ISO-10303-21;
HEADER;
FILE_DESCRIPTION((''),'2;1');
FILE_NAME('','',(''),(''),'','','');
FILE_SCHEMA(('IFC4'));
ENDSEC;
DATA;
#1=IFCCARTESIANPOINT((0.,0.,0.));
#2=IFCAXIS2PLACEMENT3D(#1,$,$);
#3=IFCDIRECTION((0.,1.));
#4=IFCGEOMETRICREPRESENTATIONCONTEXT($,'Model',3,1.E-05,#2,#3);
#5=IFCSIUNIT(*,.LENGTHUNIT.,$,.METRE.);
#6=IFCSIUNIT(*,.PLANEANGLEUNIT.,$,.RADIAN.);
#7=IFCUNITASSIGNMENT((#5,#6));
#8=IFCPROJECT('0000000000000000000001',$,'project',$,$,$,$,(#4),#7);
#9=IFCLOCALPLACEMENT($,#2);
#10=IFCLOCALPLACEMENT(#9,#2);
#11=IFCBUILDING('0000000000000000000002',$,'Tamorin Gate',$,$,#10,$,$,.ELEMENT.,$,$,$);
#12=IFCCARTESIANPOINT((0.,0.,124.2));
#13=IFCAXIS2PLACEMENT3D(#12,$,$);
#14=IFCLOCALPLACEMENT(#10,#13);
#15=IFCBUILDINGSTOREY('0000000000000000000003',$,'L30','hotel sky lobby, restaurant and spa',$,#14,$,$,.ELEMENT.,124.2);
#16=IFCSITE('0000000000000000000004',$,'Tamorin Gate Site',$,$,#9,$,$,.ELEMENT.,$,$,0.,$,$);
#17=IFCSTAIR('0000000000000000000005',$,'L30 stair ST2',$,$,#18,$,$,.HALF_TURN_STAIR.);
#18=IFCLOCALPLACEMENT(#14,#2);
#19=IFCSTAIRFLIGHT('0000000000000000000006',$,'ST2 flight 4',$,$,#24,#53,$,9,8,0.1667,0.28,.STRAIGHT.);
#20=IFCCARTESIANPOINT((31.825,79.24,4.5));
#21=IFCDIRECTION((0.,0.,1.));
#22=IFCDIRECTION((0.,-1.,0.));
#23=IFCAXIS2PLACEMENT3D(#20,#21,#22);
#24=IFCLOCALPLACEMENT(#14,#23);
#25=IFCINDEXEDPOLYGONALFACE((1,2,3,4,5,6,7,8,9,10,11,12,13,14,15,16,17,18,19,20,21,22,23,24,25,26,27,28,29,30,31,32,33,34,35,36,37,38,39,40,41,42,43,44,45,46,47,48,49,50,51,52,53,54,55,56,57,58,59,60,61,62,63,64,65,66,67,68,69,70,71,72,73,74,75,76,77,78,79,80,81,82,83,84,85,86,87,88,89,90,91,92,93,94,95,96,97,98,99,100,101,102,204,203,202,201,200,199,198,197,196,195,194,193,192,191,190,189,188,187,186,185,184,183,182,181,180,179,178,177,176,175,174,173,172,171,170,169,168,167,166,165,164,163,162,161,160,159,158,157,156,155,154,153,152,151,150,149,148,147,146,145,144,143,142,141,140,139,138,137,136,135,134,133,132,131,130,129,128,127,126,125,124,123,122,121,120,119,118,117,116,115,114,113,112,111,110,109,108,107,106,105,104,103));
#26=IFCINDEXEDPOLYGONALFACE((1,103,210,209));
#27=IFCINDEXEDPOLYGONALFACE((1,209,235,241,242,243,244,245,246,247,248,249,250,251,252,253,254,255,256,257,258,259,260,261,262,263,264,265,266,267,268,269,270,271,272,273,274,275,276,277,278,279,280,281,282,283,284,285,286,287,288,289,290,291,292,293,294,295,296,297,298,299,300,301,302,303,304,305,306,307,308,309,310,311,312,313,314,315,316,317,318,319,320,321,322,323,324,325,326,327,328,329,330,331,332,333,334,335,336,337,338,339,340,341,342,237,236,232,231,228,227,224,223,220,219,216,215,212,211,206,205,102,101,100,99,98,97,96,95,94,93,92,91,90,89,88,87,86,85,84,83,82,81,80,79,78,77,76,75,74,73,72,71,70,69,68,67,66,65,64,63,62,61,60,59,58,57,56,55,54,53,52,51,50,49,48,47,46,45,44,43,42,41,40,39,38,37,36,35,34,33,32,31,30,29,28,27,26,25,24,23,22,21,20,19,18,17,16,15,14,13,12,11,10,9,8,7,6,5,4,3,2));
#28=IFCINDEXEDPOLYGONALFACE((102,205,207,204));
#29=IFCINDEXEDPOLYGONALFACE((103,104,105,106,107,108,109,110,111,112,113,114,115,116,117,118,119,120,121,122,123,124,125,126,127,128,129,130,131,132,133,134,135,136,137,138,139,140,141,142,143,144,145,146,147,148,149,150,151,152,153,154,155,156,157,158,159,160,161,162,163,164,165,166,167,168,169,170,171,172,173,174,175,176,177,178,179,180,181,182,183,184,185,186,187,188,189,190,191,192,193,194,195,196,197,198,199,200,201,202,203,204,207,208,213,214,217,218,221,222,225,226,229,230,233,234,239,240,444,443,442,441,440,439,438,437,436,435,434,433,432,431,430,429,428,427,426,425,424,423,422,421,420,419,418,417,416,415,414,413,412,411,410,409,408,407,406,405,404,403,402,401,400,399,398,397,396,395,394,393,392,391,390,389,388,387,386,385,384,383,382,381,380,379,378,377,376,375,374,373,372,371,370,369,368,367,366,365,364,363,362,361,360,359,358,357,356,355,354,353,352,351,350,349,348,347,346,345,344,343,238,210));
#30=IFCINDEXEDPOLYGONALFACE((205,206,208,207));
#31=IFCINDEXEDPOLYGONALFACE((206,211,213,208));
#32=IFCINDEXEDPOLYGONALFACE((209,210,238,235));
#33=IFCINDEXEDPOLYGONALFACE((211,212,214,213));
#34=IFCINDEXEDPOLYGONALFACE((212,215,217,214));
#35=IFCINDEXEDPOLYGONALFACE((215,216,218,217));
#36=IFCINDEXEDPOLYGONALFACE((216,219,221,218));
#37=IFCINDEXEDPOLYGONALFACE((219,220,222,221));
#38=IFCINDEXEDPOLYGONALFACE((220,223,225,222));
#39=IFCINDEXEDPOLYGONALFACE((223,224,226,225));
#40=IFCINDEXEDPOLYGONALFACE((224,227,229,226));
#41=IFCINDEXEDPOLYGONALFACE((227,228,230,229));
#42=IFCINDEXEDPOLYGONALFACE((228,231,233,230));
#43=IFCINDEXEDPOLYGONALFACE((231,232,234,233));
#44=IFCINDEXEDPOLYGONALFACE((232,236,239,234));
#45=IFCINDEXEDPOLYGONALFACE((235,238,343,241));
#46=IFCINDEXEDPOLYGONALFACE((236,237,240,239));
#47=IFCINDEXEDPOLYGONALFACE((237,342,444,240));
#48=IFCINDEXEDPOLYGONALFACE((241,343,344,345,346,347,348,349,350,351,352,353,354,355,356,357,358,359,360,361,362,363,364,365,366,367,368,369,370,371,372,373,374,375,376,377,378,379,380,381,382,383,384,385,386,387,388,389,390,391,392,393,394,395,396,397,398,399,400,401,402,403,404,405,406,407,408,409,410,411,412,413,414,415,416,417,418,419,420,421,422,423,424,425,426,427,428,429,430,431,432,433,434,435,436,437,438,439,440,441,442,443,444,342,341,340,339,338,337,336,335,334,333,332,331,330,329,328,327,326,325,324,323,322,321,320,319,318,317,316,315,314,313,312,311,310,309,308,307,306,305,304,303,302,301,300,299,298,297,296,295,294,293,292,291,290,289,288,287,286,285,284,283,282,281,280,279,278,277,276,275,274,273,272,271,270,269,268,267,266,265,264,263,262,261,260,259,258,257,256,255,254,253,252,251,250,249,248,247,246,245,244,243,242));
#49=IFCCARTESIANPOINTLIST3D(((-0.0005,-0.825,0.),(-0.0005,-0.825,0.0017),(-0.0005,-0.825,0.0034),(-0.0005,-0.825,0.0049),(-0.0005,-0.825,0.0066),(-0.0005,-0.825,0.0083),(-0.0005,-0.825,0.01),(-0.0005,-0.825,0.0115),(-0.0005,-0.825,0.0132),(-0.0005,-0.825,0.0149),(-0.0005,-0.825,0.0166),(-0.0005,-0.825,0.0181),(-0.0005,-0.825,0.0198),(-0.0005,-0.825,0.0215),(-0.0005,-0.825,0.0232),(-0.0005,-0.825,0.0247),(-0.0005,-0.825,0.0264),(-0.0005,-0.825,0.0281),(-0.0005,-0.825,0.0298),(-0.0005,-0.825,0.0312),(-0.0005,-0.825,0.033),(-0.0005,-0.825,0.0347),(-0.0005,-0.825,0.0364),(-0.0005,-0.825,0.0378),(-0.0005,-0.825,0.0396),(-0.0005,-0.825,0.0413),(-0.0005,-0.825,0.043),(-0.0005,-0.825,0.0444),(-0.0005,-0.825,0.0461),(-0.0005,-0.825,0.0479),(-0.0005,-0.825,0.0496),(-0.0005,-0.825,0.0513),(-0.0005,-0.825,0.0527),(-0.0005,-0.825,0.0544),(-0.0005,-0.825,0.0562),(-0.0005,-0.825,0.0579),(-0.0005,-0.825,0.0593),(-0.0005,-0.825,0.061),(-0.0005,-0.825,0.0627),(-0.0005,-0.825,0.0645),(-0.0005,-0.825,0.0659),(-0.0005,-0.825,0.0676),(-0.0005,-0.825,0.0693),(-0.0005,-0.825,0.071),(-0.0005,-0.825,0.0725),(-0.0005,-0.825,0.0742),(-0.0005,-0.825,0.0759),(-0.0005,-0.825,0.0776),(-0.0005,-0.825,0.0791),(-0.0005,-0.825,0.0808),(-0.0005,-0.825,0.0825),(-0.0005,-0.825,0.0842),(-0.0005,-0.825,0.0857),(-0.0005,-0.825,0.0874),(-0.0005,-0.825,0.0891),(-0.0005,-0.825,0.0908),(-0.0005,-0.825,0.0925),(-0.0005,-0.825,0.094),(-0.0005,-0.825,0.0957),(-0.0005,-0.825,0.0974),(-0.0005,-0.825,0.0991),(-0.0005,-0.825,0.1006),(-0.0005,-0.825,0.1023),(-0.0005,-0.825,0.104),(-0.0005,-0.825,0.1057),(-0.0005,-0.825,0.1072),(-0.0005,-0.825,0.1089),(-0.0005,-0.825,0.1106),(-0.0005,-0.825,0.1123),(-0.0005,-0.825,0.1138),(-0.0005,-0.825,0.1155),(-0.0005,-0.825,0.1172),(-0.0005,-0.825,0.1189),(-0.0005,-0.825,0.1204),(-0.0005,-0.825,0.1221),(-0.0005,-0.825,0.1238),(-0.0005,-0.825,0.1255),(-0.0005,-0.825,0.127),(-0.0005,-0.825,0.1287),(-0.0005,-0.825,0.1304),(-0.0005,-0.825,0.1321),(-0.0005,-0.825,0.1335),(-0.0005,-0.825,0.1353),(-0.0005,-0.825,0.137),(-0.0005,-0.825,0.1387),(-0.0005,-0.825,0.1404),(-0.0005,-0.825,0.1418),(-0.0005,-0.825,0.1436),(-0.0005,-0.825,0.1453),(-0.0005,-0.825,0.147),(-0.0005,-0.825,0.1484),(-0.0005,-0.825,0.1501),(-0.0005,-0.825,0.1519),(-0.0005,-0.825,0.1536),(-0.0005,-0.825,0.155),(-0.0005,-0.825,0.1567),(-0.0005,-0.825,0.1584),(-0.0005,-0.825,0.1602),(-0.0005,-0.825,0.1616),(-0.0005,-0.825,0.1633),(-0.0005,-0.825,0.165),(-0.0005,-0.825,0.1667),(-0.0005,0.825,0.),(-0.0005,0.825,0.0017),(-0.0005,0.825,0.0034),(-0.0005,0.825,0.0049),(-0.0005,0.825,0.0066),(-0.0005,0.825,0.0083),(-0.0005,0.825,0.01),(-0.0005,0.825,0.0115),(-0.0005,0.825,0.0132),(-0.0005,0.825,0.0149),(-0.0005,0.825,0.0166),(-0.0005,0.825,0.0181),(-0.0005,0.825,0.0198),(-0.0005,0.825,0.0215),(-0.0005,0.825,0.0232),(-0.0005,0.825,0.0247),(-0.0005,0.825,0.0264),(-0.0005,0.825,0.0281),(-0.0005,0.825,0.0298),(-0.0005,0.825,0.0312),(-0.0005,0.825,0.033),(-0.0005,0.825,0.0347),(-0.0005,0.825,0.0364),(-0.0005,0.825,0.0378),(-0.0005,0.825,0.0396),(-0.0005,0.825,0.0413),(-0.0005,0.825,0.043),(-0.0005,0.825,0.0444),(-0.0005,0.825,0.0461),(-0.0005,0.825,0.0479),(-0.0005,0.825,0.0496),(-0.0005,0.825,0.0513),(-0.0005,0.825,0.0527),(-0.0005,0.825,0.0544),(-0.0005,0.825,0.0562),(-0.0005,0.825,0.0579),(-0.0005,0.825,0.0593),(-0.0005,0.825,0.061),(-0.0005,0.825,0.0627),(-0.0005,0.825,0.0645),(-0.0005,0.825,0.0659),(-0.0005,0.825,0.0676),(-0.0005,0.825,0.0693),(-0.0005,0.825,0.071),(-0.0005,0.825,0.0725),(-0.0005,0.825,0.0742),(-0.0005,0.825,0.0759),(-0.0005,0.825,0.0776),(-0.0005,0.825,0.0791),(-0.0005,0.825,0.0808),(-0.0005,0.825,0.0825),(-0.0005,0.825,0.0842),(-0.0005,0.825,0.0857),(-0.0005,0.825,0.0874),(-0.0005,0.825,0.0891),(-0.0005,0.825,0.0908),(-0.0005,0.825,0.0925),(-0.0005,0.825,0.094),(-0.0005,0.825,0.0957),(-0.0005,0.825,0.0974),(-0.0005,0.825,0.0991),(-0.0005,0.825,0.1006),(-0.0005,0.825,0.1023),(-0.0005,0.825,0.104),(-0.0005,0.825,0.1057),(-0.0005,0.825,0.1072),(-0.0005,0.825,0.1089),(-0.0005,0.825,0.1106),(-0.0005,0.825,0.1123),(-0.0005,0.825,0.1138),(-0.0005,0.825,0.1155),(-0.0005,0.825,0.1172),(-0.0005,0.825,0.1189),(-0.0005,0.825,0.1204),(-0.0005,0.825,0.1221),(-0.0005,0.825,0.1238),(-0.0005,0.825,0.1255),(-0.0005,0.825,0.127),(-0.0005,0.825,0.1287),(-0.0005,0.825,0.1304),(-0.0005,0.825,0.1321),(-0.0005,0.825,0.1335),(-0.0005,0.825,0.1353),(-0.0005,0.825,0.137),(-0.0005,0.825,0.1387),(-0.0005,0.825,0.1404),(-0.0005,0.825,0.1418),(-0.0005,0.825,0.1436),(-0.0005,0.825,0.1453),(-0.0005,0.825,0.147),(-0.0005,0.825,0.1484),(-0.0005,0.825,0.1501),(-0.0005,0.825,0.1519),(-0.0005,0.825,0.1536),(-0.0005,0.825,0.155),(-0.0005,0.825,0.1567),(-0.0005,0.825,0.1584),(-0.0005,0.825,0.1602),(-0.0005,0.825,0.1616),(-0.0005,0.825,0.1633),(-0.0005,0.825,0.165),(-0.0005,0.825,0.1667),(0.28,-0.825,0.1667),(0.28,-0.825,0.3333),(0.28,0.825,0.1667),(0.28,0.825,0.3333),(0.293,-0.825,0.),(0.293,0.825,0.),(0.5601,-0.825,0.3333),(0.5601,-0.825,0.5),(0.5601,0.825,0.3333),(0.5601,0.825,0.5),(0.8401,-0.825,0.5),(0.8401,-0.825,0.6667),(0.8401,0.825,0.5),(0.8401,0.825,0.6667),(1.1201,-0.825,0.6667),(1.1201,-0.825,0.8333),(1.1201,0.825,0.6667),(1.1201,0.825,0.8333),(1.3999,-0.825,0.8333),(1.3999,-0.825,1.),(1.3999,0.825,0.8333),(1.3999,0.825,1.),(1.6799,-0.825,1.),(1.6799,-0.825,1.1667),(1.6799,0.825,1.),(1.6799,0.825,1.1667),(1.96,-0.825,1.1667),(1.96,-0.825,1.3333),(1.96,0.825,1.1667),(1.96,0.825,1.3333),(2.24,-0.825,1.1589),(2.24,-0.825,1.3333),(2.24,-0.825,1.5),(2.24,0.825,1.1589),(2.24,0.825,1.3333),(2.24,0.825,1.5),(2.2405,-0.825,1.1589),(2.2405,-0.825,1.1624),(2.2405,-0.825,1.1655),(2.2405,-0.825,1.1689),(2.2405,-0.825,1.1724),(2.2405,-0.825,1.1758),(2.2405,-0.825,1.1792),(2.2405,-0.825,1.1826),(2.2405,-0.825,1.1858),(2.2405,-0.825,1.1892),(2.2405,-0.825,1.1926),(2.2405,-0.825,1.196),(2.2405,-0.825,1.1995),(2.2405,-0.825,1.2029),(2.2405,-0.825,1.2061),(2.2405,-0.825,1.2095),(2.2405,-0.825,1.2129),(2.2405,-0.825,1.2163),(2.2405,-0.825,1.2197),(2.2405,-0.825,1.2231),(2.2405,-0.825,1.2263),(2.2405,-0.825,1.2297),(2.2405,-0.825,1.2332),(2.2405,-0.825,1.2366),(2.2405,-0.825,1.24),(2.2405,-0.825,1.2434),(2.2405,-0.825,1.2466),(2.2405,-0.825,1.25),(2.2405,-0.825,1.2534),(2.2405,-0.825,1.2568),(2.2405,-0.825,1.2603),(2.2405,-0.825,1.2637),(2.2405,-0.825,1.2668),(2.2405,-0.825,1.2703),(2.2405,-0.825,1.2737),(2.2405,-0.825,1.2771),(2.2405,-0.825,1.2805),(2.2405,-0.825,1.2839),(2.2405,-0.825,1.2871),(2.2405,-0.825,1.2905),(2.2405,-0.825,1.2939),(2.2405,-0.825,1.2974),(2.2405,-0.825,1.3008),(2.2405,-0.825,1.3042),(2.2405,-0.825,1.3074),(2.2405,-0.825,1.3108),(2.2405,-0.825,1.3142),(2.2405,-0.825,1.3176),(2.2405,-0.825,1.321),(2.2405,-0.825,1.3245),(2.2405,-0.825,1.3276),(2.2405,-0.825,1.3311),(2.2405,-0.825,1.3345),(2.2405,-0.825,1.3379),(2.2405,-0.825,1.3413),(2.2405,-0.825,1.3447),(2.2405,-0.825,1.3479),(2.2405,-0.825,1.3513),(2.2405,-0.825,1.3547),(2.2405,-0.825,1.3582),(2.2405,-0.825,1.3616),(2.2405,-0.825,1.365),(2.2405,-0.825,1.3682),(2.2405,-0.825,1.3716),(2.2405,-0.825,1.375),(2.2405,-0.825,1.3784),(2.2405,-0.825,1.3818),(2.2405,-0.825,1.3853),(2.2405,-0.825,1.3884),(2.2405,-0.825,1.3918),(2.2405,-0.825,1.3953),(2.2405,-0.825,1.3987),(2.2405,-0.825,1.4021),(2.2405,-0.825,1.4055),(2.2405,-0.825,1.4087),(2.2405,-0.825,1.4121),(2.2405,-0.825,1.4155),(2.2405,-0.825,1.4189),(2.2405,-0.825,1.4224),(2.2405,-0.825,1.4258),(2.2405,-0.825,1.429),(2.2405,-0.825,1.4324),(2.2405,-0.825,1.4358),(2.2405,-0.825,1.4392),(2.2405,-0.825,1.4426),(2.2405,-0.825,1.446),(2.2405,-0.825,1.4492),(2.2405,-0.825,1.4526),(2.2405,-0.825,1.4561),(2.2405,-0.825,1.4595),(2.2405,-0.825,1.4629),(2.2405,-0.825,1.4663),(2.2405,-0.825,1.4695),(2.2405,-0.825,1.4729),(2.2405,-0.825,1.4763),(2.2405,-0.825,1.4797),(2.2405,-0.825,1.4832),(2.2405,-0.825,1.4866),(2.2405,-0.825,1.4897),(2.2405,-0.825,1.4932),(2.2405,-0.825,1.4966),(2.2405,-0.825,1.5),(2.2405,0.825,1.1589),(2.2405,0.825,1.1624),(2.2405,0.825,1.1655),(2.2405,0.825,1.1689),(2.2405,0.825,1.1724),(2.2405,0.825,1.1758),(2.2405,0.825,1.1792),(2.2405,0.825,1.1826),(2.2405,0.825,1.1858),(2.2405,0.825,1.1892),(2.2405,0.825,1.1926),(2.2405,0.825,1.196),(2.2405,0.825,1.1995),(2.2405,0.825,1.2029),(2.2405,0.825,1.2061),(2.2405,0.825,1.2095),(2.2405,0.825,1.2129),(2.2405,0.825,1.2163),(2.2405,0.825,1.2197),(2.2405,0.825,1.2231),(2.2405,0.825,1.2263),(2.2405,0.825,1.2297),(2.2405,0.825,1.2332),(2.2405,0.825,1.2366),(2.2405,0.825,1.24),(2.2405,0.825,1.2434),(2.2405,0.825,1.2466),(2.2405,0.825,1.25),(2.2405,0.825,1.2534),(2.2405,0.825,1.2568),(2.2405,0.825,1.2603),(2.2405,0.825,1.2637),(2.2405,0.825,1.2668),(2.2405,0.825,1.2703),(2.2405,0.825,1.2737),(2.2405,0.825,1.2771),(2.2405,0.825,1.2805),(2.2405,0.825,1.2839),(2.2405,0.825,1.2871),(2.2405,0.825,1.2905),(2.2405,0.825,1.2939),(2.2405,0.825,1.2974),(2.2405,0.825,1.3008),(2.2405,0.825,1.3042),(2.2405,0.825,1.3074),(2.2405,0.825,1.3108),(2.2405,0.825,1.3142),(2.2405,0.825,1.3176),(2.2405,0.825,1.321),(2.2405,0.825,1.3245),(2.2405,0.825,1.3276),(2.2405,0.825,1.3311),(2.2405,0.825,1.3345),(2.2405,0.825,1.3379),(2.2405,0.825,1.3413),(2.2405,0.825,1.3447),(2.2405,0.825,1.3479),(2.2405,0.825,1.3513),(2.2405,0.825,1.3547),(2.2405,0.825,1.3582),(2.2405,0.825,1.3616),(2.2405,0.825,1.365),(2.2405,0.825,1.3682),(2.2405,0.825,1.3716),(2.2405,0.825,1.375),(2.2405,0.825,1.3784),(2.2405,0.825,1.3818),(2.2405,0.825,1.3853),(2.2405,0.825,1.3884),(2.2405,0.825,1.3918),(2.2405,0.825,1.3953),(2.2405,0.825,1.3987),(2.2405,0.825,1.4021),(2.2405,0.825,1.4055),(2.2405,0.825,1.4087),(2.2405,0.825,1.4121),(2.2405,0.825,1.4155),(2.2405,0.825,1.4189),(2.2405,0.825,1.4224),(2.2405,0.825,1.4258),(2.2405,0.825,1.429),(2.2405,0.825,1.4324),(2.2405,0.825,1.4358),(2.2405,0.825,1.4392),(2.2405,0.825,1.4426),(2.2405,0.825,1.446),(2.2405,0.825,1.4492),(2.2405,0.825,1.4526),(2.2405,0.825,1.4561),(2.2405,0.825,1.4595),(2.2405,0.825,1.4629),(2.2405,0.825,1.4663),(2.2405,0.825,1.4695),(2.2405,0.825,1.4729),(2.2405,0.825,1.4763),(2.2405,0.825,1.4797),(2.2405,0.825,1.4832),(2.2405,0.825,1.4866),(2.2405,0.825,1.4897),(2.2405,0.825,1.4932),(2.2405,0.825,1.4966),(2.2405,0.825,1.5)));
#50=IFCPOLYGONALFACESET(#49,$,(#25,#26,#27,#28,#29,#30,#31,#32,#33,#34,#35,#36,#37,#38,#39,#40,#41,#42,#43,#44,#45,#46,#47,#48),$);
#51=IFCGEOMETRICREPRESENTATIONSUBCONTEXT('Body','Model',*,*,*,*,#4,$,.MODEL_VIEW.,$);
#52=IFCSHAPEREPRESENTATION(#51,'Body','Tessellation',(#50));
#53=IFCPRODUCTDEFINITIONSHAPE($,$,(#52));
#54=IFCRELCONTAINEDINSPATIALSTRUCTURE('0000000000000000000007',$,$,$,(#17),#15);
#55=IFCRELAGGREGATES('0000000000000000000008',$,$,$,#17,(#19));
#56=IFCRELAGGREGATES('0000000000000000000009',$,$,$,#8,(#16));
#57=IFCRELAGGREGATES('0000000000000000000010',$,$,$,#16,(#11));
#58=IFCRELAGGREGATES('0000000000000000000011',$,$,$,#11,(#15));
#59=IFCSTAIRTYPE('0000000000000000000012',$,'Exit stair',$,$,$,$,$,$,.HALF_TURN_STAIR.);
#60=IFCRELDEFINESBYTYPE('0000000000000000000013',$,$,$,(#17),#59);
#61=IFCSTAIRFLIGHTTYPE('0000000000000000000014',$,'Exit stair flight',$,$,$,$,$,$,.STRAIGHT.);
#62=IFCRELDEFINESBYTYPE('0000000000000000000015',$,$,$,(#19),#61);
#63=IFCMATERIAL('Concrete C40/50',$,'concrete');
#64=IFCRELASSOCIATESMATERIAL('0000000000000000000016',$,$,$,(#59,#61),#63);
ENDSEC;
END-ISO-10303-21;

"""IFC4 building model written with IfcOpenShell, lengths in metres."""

from ifc_helpers import new_model, si_unit, direction, frame, origin, place, context, subcontext, project, spatial, polyline, outline, extrude, material, type_object, element, aggregate, save


model = new_model("IFC4")

# Units and contexts
model_context = context("Model", 3, precision=1e-05, world=origin(), true_north=direction((0.0, 1.0)))
body_context = subcontext(model_context, "Body", "Model", "MODEL_VIEW")
ifc_project = project(units=[si_unit("LENGTHUNIT", "METRE"), si_unit("PLANEANGLEUNIT", "RADIAN")], contexts=[model_context])

# Site, building, storey
site_placement = place(None, origin())
site = spatial("IfcSite", under=ifc_project, at=site_placement, Name="Tamorin Gate Site", CompositionType="ELEMENT", RefElevation=0.0)
building_placement = place(site_placement, origin())
building = spatial("IfcBuilding", under=site, at=building_placement, Name="Tamorin Gate", CompositionType="ELEMENT")
storey_placement = place(building_placement, frame((0.0, 0.0, 124.2)))
storey = spatial("IfcBuildingStorey", under=building, at=storey_placement, Name="L30", Description="hotel sky lobby, restaurant and spa", CompositionType="ELEMENT", Elevation=124.2)

# Stair, stair flight
ifc_material_1 = material(Name="Concrete C40/50", Category="concrete")
stair_type = type_object("IfcStairType", Name="Exit stair", PredefinedType="HALF_TURN_STAIR", material=ifc_material_1)
stair_placement = place(storey_placement, origin())
stair = element("IfcStair", 1, at=stair_placement, inside=storey, type_object=stair_type, Name="L30 stair ST2", PredefinedType="HALF_TURN_STAIR")
stair_flight_type = type_object("IfcStairFlightType", Name="Exit stair flight", PredefinedType="STRAIGHT", material=ifc_material_1)
stair_flight_1_placement = place(storey_placement, frame((31.825, 79.24, 4.5), z_axis=(0.0, 0.0, 1.0), x_axis=(0.0, -1.0, 0.0)))
stair_flight_1 = element("IfcStairFlight", 2, at=stair_flight_1_placement, type_object=stair_flight_type, Name="ST2 flight 4", NumberOfRisers=9, NumberOfTreads=8, PredefinedType="STRAIGHT", RiserHeight=0.1667, TreadLength=0.28, context=body_context, shape_type="SweptSolid", body=[
    extrude(outline(polyline([(-0.0005, 0.0), (-0.0005, 0.0017), (-0.0005, 0.0034), (-0.0005, 0.0049), (-0.0005, 0.0066), (-0.0005, 0.0083), (-0.0005, 0.01), (-0.0005, 0.0115), (-0.0005, 0.0132), (-0.0005, 0.0149), (-0.0005, 0.0166), (-0.0005, 0.0181), (-0.0005, 0.0198), (-0.0005, 0.0215), (-0.0005, 0.0232), (-0.0005, 0.0247), (-0.0005, 0.0264), (-0.0005, 0.0281), (-0.0005, 0.0298), (-0.0005, 0.0312), (-0.0005, 0.033), (-0.0005, 0.0347), (-0.0005, 0.0364), (-0.0005, 0.0378), (-0.0005, 0.0396), (-0.0005, 0.0413), (-0.0005, 0.043), (-0.0005, 0.0444), (-0.0005, 0.0461), (-0.0005, 0.0479), (-0.0005, 0.0496), (-0.0005, 0.0513), (-0.0005, 0.0527), (-0.0005, 0.0544), (-0.0005, 0.0562), (-0.0005, 0.0579), (-0.0005, 0.0593), (-0.0005, 0.061), (-0.0005, 0.0627), (-0.0005, 0.0645), (-0.0005, 0.0659), (-0.0005, 0.0676), (-0.0005, 0.0693), (-0.0005, 0.071), (-0.0005, 0.0725), (-0.0005, 0.0742), (-0.0005, 0.0759), (-0.0005, 0.0776), (-0.0005, 0.0791), (-0.0005, 0.0808), (-0.0005, 0.0825), (-0.0005, 0.0842), (-0.0005, 0.0857), (-0.0005, 0.0874), (-0.0005, 0.0891), (-0.0005, 0.0908), (-0.0005, 0.0925), (-0.0005, 0.094), (-0.0005, 0.0957), (-0.0005, 0.0974), (-0.0005, 0.0991), (-0.0005, 0.1006), (-0.0005, 0.1023), (-0.0005, 0.104), (-0.0005, 0.1057), (-0.0005, 0.1072), (-0.0005, 0.1089), (-0.0005, 0.1106), (-0.0005, 0.1123), (-0.0005, 0.1138), (-0.0005, 0.1155), (-0.0005, 0.1172), (-0.0005, 0.1189), (-0.0005, 0.1204), (-0.0005, 0.1221), (-0.0005, 0.1238), (-0.0005, 0.1255), (-0.0005, 0.127), (-0.0005, 0.1287), (-0.0005, 0.1304), (-0.0005, 0.1321), (-0.0005, 0.1335), (-0.0005, 0.1353), (-0.0005, 0.137), (-0.0005, 0.1387), (-0.0005, 0.1404), (-0.0005, 0.1418), (-0.0005, 0.1436), (-0.0005, 0.1453), (-0.0005, 0.147), (-0.0005, 0.1484), (-0.0005, 0.1501), (-0.0005, 0.1519), (-0.0005, 0.1536), (-0.0005, 0.155), (-0.0005, 0.1567), (-0.0005, 0.1584), (-0.0005, 0.1602), (-0.0005, 0.1616), (-0.0005, 0.1633), (-0.0005, 0.165), (-0.0005, 0.1667), (0.28, 0.1667), (0.28, 0.3333), (0.5601, 0.3333), (0.5601, 0.5), (0.8401, 0.5), (0.8401, 0.6667), (1.1201, 0.6667), (1.1201, 0.8333), (1.3999, 0.8333), (1.3999, 1.0), (1.6799, 1.0), (1.6799, 1.1667), (1.96, 1.1667), (1.96, 1.3333), (2.24, 1.3333), (2.24, 1.5), (2.2405, 1.5), (2.2405, 1.4966), (2.2405, 1.4932), (2.2405, 1.4897), (2.2405, 1.4866), (2.2405, 1.4832), (2.2405, 1.4797), (2.2405, 1.4763), (2.2405, 1.4729), (2.2405, 1.4695), (2.2405, 1.4663), (2.2405, 1.4629), (2.2405, 1.4595), (2.2405, 1.4561), (2.2405, 1.4526), (2.2405, 1.4492), (2.2405, 1.446), (2.2405, 1.4426), (2.2405, 1.4392), (2.2405, 1.4358), (2.2405, 1.4324), (2.2405, 1.429), (2.2405, 1.4258), (2.2405, 1.4224), (2.2405, 1.4189), (2.2405, 1.4155), (2.2405, 1.4121), (2.2405, 1.4087), (2.2405, 1.4055), (2.2405, 1.4021), (2.2405, 1.3987), (2.2405, 1.3953), (2.2405, 1.3918), (2.2405, 1.3884), (2.2405, 1.3853), (2.2405, 1.3818), (2.2405, 1.3784), (2.2405, 1.375), (2.2405, 1.3716), (2.2405, 1.3682), (2.2405, 1.365), (2.2405, 1.3616), (2.2405, 1.3582), (2.2405, 1.3547), (2.2405, 1.3513), (2.2405, 1.3479), (2.2405, 1.3447), (2.2405, 1.3413), (2.2405, 1.3379), (2.2405, 1.3345), (2.2405, 1.3311), (2.2405, 1.3276), (2.2405, 1.3245), (2.2405, 1.321), (2.2405, 1.3176), (2.2405, 1.3142), (2.2405, 1.3108), (2.2405, 1.3074), (2.2405, 1.3042), (2.2405, 1.3008), (2.2405, 1.2974), (2.2405, 1.2939), (2.2405, 1.2905), (2.2405, 1.2871), (2.2405, 1.2839), (2.2405, 1.2805), (2.2405, 1.2771), (2.2405, 1.2737), (2.2405, 1.2703), (2.2405, 1.2668), (2.2405, 1.2637), (2.2405, 1.2603), (2.2405, 1.2568), (2.2405, 1.2534), (2.2405, 1.25), (2.2405, 1.2466), (2.2405, 1.2434), (2.2405, 1.24), (2.2405, 1.2366), (2.2405, 1.2332), (2.2405, 1.2297), (2.2405, 1.2263), (2.2405, 1.2231), (2.2405, 1.2197), (2.2405, 1.2163), (2.2405, 1.2129), (2.2405, 1.2095), (2.2405, 1.2061), (2.2405, 1.2029), (2.2405, 1.1995), (2.2405, 1.196), (2.2405, 1.1926), (2.2405, 1.1892), (2.2405, 1.1858), (2.2405, 1.1826), (2.2405, 1.1792), (2.2405, 1.1758), (2.2405, 1.1724), (2.2405, 1.1689), (2.2405, 1.1655), (2.2405, 1.1624), (2.2405, 1.1589), (2.24, 1.1589), (0.293, 0.0), (-0.0005, 0.0)])), frame((0.0, 0.825, 0.0), z_axis=(0.0, -1.0, 0.0), x_axis=(1.0, 0.0, 0.0)), (0.0, 0.0, 1.0), 1.6499),
])
aggregate(stair, [stair_flight_1])

save(model, "model.ifc")
